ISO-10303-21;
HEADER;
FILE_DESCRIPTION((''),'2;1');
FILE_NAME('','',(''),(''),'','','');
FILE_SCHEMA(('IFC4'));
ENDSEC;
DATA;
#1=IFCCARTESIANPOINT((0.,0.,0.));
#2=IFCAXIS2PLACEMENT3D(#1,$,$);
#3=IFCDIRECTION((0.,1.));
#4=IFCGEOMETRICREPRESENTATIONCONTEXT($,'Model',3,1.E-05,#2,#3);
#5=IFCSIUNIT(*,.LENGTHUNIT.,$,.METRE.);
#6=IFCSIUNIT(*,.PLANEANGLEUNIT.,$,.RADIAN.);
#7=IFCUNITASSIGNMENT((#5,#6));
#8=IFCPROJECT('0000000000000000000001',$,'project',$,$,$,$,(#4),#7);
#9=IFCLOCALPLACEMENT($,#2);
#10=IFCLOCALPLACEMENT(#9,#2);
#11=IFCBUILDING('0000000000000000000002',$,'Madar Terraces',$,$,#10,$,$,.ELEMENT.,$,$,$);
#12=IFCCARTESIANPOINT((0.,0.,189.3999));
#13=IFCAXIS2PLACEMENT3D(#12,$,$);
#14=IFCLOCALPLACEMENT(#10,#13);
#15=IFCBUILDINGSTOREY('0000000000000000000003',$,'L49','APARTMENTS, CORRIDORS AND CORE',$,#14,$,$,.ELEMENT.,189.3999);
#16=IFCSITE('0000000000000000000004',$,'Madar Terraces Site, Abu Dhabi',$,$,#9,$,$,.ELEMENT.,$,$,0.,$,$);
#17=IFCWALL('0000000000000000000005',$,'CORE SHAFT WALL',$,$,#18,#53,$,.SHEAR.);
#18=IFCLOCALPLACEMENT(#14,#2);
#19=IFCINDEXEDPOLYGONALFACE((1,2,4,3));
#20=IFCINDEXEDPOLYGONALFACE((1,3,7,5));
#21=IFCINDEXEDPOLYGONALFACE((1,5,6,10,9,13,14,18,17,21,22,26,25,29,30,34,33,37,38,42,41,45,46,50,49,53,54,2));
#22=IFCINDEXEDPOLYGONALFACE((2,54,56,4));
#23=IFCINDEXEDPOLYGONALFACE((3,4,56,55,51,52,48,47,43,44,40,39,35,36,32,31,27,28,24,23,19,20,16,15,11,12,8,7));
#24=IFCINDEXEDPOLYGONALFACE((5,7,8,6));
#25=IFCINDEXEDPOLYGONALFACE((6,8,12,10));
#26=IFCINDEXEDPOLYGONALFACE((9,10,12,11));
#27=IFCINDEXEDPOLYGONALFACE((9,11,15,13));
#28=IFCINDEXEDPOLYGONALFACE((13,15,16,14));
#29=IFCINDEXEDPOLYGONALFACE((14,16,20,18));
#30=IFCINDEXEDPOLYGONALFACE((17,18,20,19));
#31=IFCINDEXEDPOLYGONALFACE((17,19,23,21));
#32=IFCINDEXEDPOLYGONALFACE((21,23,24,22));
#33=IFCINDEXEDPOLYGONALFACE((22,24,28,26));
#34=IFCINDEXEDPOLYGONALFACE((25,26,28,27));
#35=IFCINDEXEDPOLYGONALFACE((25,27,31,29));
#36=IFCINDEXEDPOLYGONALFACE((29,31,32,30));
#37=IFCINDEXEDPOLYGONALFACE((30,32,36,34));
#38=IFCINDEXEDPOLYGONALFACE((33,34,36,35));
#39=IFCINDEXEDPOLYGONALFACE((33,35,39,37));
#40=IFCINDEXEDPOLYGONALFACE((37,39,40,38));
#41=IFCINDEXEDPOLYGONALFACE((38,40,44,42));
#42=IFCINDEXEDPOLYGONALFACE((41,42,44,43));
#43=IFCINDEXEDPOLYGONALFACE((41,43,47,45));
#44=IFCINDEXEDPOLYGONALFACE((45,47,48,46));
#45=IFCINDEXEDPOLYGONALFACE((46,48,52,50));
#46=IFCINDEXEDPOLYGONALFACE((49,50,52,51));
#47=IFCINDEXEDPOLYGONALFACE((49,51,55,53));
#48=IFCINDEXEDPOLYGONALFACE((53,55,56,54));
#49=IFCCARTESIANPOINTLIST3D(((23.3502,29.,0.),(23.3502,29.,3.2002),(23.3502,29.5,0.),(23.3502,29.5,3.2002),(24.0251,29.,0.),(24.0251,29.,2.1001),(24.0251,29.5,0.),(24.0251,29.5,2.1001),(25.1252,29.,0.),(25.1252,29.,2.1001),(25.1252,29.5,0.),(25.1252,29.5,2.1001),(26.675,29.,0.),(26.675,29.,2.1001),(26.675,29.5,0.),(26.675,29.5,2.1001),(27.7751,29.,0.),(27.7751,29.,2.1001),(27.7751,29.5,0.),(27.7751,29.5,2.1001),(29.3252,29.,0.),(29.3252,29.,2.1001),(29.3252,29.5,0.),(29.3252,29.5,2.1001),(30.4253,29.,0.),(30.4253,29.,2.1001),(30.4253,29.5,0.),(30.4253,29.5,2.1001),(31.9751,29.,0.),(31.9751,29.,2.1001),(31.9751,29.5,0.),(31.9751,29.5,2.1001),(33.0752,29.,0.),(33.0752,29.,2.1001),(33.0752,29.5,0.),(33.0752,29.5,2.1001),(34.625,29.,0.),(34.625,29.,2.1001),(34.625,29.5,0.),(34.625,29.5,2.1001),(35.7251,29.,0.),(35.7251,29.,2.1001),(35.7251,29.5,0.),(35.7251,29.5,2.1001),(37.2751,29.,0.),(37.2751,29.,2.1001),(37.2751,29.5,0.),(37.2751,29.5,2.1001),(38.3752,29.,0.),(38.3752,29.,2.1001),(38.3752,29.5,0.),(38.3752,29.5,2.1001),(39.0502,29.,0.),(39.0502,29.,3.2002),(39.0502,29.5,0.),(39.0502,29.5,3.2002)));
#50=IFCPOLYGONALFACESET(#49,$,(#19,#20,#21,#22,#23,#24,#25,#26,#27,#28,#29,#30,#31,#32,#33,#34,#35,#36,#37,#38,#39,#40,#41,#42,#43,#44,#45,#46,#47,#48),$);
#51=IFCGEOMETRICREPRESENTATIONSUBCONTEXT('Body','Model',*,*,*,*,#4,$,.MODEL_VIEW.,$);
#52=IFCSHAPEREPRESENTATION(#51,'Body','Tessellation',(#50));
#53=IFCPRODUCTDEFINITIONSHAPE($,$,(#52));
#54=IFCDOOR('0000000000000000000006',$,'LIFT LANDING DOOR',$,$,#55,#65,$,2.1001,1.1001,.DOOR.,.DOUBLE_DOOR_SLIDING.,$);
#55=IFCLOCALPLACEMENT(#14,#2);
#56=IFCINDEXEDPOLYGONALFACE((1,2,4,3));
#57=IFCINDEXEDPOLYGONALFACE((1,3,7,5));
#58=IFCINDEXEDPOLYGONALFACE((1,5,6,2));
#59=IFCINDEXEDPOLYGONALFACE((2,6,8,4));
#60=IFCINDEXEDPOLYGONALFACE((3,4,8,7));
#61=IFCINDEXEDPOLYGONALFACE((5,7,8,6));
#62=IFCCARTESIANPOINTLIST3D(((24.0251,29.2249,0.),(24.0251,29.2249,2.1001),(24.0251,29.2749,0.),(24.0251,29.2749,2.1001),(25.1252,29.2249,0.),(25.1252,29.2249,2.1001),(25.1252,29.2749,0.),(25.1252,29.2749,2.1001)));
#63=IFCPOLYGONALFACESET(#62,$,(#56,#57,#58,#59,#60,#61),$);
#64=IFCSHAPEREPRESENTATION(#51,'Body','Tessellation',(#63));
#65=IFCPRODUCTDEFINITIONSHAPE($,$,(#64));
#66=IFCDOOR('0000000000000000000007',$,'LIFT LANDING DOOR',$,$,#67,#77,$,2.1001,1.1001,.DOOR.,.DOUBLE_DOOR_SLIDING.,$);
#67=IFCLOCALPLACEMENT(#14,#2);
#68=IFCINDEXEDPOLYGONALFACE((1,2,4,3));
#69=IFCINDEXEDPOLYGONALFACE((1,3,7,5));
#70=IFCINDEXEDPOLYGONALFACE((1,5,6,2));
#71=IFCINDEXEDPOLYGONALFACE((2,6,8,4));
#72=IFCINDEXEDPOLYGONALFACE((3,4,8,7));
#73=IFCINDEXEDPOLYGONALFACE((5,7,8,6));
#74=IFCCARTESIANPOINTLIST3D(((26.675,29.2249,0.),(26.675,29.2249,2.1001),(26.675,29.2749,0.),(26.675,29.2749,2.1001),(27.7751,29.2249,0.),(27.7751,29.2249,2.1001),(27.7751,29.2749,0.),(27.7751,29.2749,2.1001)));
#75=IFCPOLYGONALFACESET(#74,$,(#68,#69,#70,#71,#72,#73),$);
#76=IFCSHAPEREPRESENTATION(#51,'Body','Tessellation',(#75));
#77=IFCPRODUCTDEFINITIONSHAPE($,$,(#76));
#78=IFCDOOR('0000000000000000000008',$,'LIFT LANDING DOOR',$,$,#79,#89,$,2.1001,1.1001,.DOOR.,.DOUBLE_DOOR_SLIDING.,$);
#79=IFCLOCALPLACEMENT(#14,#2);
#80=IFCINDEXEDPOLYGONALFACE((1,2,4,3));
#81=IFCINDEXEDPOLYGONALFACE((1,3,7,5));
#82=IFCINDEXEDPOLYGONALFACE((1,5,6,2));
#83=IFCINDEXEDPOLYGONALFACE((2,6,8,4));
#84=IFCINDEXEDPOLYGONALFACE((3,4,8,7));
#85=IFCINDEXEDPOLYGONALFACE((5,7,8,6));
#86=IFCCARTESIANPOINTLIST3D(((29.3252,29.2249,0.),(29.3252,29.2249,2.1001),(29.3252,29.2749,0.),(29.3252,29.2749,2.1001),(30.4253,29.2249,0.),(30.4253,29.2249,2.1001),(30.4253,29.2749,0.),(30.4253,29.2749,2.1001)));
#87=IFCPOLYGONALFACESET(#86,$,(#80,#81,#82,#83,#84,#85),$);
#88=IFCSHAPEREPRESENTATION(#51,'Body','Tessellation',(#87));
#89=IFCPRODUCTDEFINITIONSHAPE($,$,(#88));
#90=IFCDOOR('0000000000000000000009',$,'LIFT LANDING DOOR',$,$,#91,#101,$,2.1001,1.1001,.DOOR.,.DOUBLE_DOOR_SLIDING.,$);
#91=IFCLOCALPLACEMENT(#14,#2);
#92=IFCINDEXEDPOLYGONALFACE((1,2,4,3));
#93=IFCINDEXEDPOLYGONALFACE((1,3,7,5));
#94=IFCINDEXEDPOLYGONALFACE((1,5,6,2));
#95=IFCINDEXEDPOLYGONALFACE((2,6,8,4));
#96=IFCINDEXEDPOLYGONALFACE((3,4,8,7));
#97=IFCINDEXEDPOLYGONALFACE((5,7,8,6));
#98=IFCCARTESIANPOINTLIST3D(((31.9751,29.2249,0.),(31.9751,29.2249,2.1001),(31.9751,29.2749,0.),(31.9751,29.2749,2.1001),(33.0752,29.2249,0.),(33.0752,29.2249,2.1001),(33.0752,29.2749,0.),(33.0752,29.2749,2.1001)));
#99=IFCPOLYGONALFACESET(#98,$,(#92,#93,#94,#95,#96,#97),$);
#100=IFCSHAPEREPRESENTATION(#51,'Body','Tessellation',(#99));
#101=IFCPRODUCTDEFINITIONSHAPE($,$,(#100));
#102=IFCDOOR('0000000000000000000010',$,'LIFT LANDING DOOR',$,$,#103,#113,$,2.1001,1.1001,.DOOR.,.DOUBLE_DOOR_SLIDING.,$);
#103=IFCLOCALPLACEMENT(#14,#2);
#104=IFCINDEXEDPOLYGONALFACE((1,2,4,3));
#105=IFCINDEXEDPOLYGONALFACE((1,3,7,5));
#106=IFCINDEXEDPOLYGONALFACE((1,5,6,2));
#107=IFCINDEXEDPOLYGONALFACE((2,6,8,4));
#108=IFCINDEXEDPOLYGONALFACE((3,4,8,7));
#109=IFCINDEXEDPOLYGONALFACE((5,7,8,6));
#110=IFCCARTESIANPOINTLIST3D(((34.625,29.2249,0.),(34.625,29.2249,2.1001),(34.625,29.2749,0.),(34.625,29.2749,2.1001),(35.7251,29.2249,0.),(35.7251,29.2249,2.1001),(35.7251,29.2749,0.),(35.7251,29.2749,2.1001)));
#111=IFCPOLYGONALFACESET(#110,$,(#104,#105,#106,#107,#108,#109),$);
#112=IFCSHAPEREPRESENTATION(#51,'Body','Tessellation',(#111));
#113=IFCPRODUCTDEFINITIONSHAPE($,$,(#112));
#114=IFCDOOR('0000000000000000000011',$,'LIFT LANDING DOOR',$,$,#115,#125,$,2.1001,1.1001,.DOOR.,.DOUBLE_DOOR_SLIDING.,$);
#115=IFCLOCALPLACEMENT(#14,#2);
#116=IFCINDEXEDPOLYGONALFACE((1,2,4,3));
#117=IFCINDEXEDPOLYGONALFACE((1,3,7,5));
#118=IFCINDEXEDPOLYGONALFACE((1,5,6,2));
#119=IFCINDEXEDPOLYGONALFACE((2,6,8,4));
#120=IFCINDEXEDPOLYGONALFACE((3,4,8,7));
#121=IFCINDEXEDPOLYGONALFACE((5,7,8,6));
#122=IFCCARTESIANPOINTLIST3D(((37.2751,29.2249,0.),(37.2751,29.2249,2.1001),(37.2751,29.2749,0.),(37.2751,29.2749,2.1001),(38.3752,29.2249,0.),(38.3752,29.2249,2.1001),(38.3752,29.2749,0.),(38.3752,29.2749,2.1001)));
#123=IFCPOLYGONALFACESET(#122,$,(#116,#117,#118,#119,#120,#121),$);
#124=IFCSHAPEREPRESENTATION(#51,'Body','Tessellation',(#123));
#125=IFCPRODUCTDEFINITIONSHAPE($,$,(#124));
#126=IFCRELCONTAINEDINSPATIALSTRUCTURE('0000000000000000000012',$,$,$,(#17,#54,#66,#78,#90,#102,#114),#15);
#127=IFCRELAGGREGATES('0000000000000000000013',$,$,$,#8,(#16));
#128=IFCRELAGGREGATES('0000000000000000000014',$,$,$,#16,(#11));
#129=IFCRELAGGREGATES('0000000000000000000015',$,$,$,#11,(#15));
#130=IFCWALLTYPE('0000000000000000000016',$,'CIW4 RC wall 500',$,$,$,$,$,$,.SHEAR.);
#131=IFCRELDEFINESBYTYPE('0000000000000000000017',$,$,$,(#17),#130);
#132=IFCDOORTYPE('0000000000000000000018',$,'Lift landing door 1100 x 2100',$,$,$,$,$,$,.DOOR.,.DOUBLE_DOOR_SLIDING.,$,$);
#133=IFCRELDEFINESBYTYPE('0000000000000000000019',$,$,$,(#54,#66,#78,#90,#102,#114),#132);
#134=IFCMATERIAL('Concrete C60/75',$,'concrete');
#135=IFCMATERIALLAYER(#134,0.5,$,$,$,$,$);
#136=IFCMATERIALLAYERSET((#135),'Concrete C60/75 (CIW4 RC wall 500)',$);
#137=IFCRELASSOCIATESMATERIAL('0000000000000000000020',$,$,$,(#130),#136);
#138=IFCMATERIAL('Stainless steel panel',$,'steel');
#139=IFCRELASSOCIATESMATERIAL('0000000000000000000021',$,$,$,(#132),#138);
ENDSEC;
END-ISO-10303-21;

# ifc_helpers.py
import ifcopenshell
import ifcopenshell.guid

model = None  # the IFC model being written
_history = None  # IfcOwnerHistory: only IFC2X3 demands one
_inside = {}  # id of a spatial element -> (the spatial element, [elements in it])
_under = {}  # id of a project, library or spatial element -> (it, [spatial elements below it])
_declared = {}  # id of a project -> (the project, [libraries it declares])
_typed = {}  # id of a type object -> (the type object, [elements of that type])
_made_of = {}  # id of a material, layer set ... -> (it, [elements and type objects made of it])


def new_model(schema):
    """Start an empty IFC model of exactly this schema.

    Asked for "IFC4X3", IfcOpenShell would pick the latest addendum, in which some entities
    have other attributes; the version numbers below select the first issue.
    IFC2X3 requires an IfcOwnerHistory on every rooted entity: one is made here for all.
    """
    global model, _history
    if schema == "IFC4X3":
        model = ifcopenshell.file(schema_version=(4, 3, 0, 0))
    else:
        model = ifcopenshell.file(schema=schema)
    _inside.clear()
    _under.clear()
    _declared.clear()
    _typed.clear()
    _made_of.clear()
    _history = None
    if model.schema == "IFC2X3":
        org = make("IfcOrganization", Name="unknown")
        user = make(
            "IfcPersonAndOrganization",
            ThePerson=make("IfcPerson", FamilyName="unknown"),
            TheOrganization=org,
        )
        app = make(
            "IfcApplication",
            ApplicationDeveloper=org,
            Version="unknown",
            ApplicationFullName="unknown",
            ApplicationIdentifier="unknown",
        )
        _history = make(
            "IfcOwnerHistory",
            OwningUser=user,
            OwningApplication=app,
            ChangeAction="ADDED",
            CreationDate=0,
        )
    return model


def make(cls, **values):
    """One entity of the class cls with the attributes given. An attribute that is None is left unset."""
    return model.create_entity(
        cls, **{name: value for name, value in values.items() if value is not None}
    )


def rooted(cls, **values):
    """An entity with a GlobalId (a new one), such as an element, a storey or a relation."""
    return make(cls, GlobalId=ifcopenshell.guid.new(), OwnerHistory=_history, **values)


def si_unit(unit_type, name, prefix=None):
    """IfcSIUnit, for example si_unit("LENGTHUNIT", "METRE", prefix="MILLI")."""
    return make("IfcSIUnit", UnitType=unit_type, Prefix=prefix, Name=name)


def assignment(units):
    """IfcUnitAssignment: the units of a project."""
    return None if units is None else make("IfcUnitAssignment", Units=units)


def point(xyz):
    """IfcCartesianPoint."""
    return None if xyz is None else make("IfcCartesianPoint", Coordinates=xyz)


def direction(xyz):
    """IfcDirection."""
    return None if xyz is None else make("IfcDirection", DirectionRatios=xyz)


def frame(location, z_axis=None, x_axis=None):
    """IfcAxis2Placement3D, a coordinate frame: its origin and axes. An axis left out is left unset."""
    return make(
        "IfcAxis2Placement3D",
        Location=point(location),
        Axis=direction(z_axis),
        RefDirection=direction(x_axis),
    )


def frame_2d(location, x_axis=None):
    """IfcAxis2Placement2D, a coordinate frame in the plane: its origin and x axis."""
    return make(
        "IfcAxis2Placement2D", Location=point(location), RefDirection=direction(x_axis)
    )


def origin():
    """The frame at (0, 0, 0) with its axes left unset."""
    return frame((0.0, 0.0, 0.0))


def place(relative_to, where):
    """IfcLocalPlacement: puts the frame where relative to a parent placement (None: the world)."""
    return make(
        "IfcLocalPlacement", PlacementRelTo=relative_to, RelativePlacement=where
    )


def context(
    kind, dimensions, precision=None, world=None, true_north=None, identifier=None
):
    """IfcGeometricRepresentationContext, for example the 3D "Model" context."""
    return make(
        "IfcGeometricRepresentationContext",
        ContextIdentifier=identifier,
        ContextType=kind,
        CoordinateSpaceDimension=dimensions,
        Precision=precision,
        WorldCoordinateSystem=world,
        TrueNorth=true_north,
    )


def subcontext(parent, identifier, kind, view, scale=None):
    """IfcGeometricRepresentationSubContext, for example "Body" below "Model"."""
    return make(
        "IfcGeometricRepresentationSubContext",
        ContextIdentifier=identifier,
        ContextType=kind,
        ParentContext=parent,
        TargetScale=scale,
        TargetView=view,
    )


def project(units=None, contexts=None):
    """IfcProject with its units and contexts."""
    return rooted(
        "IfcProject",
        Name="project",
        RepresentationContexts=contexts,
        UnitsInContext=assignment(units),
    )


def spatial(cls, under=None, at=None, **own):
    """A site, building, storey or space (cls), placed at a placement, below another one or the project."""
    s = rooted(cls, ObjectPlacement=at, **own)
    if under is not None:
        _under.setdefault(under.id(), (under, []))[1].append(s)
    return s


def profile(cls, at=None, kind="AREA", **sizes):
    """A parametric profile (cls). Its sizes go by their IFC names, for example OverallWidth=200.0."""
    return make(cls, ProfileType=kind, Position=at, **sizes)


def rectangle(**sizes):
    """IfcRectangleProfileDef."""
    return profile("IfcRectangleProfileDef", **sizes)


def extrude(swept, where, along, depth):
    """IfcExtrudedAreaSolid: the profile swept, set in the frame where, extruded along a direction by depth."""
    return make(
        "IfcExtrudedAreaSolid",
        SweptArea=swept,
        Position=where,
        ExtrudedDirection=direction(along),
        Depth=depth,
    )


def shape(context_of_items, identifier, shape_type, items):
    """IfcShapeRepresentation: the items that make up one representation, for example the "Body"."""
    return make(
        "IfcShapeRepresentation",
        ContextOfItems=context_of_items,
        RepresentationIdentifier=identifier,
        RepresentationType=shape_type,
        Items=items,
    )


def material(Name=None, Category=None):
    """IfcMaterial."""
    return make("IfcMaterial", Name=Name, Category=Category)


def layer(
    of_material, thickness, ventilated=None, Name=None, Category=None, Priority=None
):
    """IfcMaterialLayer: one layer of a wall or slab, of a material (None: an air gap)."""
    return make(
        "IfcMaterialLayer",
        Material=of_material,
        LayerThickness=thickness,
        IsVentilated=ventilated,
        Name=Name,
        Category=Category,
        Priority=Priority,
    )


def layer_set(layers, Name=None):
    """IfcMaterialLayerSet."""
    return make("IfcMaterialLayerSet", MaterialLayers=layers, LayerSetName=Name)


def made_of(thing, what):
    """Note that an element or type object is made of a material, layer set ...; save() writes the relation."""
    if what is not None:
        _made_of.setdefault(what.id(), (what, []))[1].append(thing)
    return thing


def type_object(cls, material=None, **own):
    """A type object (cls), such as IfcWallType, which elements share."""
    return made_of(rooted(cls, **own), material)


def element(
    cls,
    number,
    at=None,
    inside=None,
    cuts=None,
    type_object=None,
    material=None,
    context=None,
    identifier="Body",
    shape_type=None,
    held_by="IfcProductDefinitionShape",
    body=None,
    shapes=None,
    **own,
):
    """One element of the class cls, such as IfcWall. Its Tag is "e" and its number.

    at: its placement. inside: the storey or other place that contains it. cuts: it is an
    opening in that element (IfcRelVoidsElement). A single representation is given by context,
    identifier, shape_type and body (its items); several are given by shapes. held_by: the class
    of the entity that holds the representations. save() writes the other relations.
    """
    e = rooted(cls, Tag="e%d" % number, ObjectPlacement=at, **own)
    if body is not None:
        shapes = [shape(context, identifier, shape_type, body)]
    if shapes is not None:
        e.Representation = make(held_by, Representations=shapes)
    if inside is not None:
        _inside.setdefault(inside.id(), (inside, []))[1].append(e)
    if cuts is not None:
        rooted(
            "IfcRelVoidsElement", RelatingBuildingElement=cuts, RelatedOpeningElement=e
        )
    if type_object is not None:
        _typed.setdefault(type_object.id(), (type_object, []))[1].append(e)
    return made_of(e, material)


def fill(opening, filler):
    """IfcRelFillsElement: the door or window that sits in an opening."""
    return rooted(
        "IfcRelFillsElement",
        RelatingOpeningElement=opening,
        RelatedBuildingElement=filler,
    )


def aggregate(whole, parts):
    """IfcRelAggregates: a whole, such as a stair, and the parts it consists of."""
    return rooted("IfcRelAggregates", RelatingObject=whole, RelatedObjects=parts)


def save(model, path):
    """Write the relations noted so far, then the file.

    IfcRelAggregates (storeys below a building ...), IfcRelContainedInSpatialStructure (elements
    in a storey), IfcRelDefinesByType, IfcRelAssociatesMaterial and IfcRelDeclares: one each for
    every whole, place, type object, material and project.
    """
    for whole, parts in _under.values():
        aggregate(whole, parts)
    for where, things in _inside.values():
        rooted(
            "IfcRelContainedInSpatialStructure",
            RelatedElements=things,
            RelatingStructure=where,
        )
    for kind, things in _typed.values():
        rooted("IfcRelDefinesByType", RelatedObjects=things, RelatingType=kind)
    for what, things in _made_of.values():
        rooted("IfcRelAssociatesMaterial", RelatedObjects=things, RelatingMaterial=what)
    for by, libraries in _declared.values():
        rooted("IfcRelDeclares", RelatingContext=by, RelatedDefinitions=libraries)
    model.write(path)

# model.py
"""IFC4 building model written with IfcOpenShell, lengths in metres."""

from ifc_helpers import new_model, si_unit, direction, frame, frame_2d, origin, place, context, subcontext, project, spatial, rectangle, extrude, material, layer, layer_set, type_object, element, fill, save


model = new_model("IFC4")

# Units and contexts
model_context = context("Model", 3, precision=1e-05, world=origin(), true_north=direction((0.0, 1.0)))
body_context = subcontext(model_context, "Body", "Model", "MODEL_VIEW")
ifc_project = project(units=[si_unit("LENGTHUNIT", "METRE"), si_unit("PLANEANGLEUNIT", "RADIAN")], contexts=[model_context])

# Site, building, storey
site_placement = place(None, origin())
site = spatial("IfcSite", under=ifc_project, at=site_placement, Name="Madar Terraces Site, Abu Dhabi", CompositionType="ELEMENT", RefElevation=0.0)
building_placement = place(site_placement, origin())
building = spatial("IfcBuilding", under=site, at=building_placement, Name="Madar Terraces", CompositionType="ELEMENT")
storey_placement = place(building_placement, frame((0.0, 0.0, 189.3999)))
storey = spatial("IfcBuildingStorey", under=building, at=storey_placement, Name="L49", Description="APARTMENTS, CORRIDORS AND CORE", CompositionType="ELEMENT", Elevation=189.3999)

# Shared definitions
ifc_material_1 = material(Name="Concrete C60/75", Category="concrete")
ifc_layer_1 = layer(ifc_material_1, 0.5)
ifc_layer_set_1 = layer_set([ifc_layer_1], Name="Concrete C60/75 (CIW4 RC wall 500)")
wall_type_1 = type_object("IfcWallType", Name="CIW4 RC wall 500", PredefinedType="SHEAR", material=ifc_layer_set_1)

# Wall, openings, doors
wall_1_placement = place(storey_placement, frame((23.3501, 29.25, 0.0), z_axis=(0.0, 0.0, 1.0), x_axis=(1.0, 0.0, 0.0)))
wall_1 = element("IfcWall", 1, at=wall_1_placement, inside=storey, type_object=wall_type_1, Name="CORE SHAFT WALL", PredefinedType="SHEAR", context=body_context, shape_type="SweptSolid", body=[
    extrude(rectangle(XDim=15.7, YDim=0.5, at=frame_2d((7.8501, 0.0))), origin(), (0.0, 0.0, 1.0), 3.2002),
])
opening_1_placement = place(wall_1_placement, frame((0.675, 0.0, 0.0)))
opening_1 = element("IfcOpeningElement", 2, at=opening_1_placement, cuts=wall_1, PredefinedType="OPENING", context=body_context, shape_type="SweptSolid", body=[
    extrude(rectangle(XDim=1.1001, YDim=2.1001, at=frame_2d((0.55, 1.05))), frame((0.0, 0.26, 0.0), z_axis=(0.0, -1.0, 0.0), x_axis=(1.0, 0.0, 0.0)), (0.0, 0.0, 1.0), 0.52),
])
opening_2_placement = place(wall_1_placement, frame((3.325, 0.0, 0.0)))
opening_2 = element("IfcOpeningElement", 3, at=opening_2_placement, cuts=wall_1, PredefinedType="OPENING", context=body_context, shape_type="SweptSolid", body=[
    extrude(rectangle(XDim=1.1001, YDim=2.1001, at=frame_2d((0.55, 1.05))), frame((0.0, 0.26, 0.0), z_axis=(0.0, -1.0, 0.0), x_axis=(1.0, 0.0, 0.0)), (0.0, 0.0, 1.0), 0.52),
])
opening_3_placement = place(wall_1_placement, frame((5.9751, 0.0, 0.0)))
opening_3 = element("IfcOpeningElement", 4, at=opening_3_placement, cuts=wall_1, PredefinedType="OPENING", context=body_context, shape_type="SweptSolid", body=[
    extrude(rectangle(XDim=1.1001, YDim=2.1001, at=frame_2d((0.55, 1.05))), frame((0.0, 0.26, 0.0), z_axis=(0.0, -1.0, 0.0), x_axis=(1.0, 0.0, 0.0)), (0.0, 0.0, 1.0), 0.52),
])
opening_4_placement = place(wall_1_placement, frame((8.625, 0.0, 0.0)))
opening_4 = element("IfcOpeningElement", 5, at=opening_4_placement, cuts=wall_1, PredefinedType="OPENING", context=body_context, shape_type="SweptSolid", body=[
    extrude(rectangle(XDim=1.1001, YDim=2.1001, at=frame_2d((0.55, 1.05))), frame((0.0, 0.26, 0.0), z_axis=(0.0, -1.0, 0.0), x_axis=(1.0, 0.0, 0.0)), (0.0, 0.0, 1.0), 0.52),
])
opening_5_placement = place(wall_1_placement, frame((11.2749, 0.0, 0.0)))
opening_5 = element("IfcOpeningElement", 6, at=opening_5_placement, cuts=wall_1, PredefinedType="OPENING", context=body_context, shape_type="SweptSolid", body=[
    extrude(rectangle(XDim=1.1001, YDim=2.1001, at=frame_2d((0.55, 1.05))), frame((0.0, 0.26, 0.0), z_axis=(0.0, -1.0, 0.0), x_axis=(1.0, 0.0, 0.0)), (0.0, 0.0, 1.0), 0.52),
])
opening_6_placement = place(wall_1_placement, frame((13.925, 0.0, 0.0)))
opening_6 = element("IfcOpeningElement", 7, at=opening_6_placement, cuts=wall_1, PredefinedType="OPENING", context=body_context, shape_type="SweptSolid", body=[
    extrude(rectangle(XDim=1.1001, YDim=2.1001, at=frame_2d((0.55, 1.05))), frame((0.0, 0.26, 0.0), z_axis=(0.0, -1.0, 0.0), x_axis=(1.0, 0.0, 0.0)), (0.0, 0.0, 1.0), 0.52),
])
ifc_material_2 = material(Name="Stainless steel panel", Category="steel")
door_type_1 = type_object("IfcDoorType", Name="Lift landing door 1100 x 2100", OperationType="DOUBLE_DOOR_SLIDING", PredefinedType="DOOR", material=ifc_material_2)
door_1_placement = place(opening_1_placement, origin())
door_1 = element("IfcDoor", 8, at=door_1_placement, inside=storey, type_object=door_type_1, Name="LIFT LANDING DOOR", OperationType="DOUBLE_DOOR_SLIDING", OverallHeight=2.1001, OverallWidth=1.1001, PredefinedType="DOOR", context=body_context, shape_type="SweptSolid", body=[
    extrude(rectangle(XDim=1.1001, YDim=2.1001, at=frame_2d((0.55, 1.05))), frame((0.0, 0.0249, 0.0), z_axis=(0.0, -1.0, 0.0), x_axis=(1.0, 0.0, 0.0)), (0.0, 0.0, 1.0), 0.05),
])
fill(opening_1, door_1)
door_2_placement = place(opening_2_placement, origin())
door_2 = element("IfcDoor", 9, at=door_2_placement, inside=storey, type_object=door_type_1, Name="LIFT LANDING DOOR", OperationType="DOUBLE_DOOR_SLIDING", OverallHeight=2.1001, OverallWidth=1.1001, PredefinedType="DOOR", context=body_context, shape_type="SweptSolid", body=[
    extrude(rectangle(XDim=1.1001, YDim=2.1001, at=frame_2d((0.55, 1.05))), frame((0.0, 0.0249, 0.0), z_axis=(0.0, -1.0, 0.0), x_axis=(1.0, 0.0, 0.0)), (0.0, 0.0, 1.0), 0.05),
])
fill(opening_2, door_2)
door_3_placement = place(opening_3_placement, origin())
door_3 = element("IfcDoor", 10, at=door_3_placement, inside=storey, type_object=door_type_1, Name="LIFT LANDING DOOR", OperationType="DOUBLE_DOOR_SLIDING", OverallHeight=2.1001, OverallWidth=1.1001, PredefinedType="DOOR", context=body_context, shape_type="SweptSolid", body=[
    extrude(rectangle(XDim=1.1001, YDim=2.1001, at=frame_2d((0.55, 1.05))), frame((0.0, 0.0249, 0.0), z_axis=(0.0, -1.0, 0.0), x_axis=(1.0, 0.0, 0.0)), (0.0, 0.0, 1.0), 0.05),
])
fill(opening_3, door_3)
door_4_placement = place(opening_4_placement, origin())
door_4 = element("IfcDoor", 11, at=door_4_placement, inside=storey, type_object=door_type_1, Name="LIFT LANDING DOOR", OperationType="DOUBLE_DOOR_SLIDING", OverallHeight=2.1001, OverallWidth=1.1001, PredefinedType="DOOR", context=body_context, shape_type="SweptSolid", body=[
    extrude(rectangle(XDim=1.1001, YDim=2.1001, at=frame_2d((0.55, 1.05))), frame((0.0, 0.0249, 0.0), z_axis=(0.0, -1.0, 0.0), x_axis=(1.0, 0.0, 0.0)), (0.0, 0.0, 1.0), 0.05),
])
fill(opening_4, door_4)
door_5_placement = place(opening_5_placement, origin())
door_5 = element("IfcDoor", 12, at=door_5_placement, inside=storey, type_object=door_type_1, Name="LIFT LANDING DOOR", OperationType="DOUBLE_DOOR_SLIDING", OverallHeight=2.1001, OverallWidth=1.1001, PredefinedType="DOOR", context=body_context, shape_type="SweptSolid", body=[
    extrude(rectangle(XDim=1.1001, YDim=2.1001, at=frame_2d((0.55, 1.05))), frame((0.0, 0.0249, 0.0), z_axis=(0.0, -1.0, 0.0), x_axis=(1.0, 0.0, 0.0)), (0.0, 0.0, 1.0), 0.05),
])
fill(opening_5, door_5)
door_6_placement = place(opening_6_placement, origin())
door_6 = element("IfcDoor", 13, at=door_6_placement, inside=storey, type_object=door_type_1, Name="LIFT LANDING DOOR", OperationType="DOUBLE_DOOR_SLIDING", OverallHeight=2.1001, OverallWidth=1.1001, PredefinedType="DOOR", context=body_context, shape_type="SweptSolid", body=[
    extrude(rectangle(XDim=1.1001, YDim=2.1001, at=frame_2d((0.55, 1.05))), frame((0.0, 0.0249, 0.0), z_axis=(0.0, -1.0, 0.0), x_axis=(1.0, 0.0, 0.0)), (0.0, 0.0, 1.0), 0.05),
])
fill(opening_6, door_6)

save(model, "model.ifc")
